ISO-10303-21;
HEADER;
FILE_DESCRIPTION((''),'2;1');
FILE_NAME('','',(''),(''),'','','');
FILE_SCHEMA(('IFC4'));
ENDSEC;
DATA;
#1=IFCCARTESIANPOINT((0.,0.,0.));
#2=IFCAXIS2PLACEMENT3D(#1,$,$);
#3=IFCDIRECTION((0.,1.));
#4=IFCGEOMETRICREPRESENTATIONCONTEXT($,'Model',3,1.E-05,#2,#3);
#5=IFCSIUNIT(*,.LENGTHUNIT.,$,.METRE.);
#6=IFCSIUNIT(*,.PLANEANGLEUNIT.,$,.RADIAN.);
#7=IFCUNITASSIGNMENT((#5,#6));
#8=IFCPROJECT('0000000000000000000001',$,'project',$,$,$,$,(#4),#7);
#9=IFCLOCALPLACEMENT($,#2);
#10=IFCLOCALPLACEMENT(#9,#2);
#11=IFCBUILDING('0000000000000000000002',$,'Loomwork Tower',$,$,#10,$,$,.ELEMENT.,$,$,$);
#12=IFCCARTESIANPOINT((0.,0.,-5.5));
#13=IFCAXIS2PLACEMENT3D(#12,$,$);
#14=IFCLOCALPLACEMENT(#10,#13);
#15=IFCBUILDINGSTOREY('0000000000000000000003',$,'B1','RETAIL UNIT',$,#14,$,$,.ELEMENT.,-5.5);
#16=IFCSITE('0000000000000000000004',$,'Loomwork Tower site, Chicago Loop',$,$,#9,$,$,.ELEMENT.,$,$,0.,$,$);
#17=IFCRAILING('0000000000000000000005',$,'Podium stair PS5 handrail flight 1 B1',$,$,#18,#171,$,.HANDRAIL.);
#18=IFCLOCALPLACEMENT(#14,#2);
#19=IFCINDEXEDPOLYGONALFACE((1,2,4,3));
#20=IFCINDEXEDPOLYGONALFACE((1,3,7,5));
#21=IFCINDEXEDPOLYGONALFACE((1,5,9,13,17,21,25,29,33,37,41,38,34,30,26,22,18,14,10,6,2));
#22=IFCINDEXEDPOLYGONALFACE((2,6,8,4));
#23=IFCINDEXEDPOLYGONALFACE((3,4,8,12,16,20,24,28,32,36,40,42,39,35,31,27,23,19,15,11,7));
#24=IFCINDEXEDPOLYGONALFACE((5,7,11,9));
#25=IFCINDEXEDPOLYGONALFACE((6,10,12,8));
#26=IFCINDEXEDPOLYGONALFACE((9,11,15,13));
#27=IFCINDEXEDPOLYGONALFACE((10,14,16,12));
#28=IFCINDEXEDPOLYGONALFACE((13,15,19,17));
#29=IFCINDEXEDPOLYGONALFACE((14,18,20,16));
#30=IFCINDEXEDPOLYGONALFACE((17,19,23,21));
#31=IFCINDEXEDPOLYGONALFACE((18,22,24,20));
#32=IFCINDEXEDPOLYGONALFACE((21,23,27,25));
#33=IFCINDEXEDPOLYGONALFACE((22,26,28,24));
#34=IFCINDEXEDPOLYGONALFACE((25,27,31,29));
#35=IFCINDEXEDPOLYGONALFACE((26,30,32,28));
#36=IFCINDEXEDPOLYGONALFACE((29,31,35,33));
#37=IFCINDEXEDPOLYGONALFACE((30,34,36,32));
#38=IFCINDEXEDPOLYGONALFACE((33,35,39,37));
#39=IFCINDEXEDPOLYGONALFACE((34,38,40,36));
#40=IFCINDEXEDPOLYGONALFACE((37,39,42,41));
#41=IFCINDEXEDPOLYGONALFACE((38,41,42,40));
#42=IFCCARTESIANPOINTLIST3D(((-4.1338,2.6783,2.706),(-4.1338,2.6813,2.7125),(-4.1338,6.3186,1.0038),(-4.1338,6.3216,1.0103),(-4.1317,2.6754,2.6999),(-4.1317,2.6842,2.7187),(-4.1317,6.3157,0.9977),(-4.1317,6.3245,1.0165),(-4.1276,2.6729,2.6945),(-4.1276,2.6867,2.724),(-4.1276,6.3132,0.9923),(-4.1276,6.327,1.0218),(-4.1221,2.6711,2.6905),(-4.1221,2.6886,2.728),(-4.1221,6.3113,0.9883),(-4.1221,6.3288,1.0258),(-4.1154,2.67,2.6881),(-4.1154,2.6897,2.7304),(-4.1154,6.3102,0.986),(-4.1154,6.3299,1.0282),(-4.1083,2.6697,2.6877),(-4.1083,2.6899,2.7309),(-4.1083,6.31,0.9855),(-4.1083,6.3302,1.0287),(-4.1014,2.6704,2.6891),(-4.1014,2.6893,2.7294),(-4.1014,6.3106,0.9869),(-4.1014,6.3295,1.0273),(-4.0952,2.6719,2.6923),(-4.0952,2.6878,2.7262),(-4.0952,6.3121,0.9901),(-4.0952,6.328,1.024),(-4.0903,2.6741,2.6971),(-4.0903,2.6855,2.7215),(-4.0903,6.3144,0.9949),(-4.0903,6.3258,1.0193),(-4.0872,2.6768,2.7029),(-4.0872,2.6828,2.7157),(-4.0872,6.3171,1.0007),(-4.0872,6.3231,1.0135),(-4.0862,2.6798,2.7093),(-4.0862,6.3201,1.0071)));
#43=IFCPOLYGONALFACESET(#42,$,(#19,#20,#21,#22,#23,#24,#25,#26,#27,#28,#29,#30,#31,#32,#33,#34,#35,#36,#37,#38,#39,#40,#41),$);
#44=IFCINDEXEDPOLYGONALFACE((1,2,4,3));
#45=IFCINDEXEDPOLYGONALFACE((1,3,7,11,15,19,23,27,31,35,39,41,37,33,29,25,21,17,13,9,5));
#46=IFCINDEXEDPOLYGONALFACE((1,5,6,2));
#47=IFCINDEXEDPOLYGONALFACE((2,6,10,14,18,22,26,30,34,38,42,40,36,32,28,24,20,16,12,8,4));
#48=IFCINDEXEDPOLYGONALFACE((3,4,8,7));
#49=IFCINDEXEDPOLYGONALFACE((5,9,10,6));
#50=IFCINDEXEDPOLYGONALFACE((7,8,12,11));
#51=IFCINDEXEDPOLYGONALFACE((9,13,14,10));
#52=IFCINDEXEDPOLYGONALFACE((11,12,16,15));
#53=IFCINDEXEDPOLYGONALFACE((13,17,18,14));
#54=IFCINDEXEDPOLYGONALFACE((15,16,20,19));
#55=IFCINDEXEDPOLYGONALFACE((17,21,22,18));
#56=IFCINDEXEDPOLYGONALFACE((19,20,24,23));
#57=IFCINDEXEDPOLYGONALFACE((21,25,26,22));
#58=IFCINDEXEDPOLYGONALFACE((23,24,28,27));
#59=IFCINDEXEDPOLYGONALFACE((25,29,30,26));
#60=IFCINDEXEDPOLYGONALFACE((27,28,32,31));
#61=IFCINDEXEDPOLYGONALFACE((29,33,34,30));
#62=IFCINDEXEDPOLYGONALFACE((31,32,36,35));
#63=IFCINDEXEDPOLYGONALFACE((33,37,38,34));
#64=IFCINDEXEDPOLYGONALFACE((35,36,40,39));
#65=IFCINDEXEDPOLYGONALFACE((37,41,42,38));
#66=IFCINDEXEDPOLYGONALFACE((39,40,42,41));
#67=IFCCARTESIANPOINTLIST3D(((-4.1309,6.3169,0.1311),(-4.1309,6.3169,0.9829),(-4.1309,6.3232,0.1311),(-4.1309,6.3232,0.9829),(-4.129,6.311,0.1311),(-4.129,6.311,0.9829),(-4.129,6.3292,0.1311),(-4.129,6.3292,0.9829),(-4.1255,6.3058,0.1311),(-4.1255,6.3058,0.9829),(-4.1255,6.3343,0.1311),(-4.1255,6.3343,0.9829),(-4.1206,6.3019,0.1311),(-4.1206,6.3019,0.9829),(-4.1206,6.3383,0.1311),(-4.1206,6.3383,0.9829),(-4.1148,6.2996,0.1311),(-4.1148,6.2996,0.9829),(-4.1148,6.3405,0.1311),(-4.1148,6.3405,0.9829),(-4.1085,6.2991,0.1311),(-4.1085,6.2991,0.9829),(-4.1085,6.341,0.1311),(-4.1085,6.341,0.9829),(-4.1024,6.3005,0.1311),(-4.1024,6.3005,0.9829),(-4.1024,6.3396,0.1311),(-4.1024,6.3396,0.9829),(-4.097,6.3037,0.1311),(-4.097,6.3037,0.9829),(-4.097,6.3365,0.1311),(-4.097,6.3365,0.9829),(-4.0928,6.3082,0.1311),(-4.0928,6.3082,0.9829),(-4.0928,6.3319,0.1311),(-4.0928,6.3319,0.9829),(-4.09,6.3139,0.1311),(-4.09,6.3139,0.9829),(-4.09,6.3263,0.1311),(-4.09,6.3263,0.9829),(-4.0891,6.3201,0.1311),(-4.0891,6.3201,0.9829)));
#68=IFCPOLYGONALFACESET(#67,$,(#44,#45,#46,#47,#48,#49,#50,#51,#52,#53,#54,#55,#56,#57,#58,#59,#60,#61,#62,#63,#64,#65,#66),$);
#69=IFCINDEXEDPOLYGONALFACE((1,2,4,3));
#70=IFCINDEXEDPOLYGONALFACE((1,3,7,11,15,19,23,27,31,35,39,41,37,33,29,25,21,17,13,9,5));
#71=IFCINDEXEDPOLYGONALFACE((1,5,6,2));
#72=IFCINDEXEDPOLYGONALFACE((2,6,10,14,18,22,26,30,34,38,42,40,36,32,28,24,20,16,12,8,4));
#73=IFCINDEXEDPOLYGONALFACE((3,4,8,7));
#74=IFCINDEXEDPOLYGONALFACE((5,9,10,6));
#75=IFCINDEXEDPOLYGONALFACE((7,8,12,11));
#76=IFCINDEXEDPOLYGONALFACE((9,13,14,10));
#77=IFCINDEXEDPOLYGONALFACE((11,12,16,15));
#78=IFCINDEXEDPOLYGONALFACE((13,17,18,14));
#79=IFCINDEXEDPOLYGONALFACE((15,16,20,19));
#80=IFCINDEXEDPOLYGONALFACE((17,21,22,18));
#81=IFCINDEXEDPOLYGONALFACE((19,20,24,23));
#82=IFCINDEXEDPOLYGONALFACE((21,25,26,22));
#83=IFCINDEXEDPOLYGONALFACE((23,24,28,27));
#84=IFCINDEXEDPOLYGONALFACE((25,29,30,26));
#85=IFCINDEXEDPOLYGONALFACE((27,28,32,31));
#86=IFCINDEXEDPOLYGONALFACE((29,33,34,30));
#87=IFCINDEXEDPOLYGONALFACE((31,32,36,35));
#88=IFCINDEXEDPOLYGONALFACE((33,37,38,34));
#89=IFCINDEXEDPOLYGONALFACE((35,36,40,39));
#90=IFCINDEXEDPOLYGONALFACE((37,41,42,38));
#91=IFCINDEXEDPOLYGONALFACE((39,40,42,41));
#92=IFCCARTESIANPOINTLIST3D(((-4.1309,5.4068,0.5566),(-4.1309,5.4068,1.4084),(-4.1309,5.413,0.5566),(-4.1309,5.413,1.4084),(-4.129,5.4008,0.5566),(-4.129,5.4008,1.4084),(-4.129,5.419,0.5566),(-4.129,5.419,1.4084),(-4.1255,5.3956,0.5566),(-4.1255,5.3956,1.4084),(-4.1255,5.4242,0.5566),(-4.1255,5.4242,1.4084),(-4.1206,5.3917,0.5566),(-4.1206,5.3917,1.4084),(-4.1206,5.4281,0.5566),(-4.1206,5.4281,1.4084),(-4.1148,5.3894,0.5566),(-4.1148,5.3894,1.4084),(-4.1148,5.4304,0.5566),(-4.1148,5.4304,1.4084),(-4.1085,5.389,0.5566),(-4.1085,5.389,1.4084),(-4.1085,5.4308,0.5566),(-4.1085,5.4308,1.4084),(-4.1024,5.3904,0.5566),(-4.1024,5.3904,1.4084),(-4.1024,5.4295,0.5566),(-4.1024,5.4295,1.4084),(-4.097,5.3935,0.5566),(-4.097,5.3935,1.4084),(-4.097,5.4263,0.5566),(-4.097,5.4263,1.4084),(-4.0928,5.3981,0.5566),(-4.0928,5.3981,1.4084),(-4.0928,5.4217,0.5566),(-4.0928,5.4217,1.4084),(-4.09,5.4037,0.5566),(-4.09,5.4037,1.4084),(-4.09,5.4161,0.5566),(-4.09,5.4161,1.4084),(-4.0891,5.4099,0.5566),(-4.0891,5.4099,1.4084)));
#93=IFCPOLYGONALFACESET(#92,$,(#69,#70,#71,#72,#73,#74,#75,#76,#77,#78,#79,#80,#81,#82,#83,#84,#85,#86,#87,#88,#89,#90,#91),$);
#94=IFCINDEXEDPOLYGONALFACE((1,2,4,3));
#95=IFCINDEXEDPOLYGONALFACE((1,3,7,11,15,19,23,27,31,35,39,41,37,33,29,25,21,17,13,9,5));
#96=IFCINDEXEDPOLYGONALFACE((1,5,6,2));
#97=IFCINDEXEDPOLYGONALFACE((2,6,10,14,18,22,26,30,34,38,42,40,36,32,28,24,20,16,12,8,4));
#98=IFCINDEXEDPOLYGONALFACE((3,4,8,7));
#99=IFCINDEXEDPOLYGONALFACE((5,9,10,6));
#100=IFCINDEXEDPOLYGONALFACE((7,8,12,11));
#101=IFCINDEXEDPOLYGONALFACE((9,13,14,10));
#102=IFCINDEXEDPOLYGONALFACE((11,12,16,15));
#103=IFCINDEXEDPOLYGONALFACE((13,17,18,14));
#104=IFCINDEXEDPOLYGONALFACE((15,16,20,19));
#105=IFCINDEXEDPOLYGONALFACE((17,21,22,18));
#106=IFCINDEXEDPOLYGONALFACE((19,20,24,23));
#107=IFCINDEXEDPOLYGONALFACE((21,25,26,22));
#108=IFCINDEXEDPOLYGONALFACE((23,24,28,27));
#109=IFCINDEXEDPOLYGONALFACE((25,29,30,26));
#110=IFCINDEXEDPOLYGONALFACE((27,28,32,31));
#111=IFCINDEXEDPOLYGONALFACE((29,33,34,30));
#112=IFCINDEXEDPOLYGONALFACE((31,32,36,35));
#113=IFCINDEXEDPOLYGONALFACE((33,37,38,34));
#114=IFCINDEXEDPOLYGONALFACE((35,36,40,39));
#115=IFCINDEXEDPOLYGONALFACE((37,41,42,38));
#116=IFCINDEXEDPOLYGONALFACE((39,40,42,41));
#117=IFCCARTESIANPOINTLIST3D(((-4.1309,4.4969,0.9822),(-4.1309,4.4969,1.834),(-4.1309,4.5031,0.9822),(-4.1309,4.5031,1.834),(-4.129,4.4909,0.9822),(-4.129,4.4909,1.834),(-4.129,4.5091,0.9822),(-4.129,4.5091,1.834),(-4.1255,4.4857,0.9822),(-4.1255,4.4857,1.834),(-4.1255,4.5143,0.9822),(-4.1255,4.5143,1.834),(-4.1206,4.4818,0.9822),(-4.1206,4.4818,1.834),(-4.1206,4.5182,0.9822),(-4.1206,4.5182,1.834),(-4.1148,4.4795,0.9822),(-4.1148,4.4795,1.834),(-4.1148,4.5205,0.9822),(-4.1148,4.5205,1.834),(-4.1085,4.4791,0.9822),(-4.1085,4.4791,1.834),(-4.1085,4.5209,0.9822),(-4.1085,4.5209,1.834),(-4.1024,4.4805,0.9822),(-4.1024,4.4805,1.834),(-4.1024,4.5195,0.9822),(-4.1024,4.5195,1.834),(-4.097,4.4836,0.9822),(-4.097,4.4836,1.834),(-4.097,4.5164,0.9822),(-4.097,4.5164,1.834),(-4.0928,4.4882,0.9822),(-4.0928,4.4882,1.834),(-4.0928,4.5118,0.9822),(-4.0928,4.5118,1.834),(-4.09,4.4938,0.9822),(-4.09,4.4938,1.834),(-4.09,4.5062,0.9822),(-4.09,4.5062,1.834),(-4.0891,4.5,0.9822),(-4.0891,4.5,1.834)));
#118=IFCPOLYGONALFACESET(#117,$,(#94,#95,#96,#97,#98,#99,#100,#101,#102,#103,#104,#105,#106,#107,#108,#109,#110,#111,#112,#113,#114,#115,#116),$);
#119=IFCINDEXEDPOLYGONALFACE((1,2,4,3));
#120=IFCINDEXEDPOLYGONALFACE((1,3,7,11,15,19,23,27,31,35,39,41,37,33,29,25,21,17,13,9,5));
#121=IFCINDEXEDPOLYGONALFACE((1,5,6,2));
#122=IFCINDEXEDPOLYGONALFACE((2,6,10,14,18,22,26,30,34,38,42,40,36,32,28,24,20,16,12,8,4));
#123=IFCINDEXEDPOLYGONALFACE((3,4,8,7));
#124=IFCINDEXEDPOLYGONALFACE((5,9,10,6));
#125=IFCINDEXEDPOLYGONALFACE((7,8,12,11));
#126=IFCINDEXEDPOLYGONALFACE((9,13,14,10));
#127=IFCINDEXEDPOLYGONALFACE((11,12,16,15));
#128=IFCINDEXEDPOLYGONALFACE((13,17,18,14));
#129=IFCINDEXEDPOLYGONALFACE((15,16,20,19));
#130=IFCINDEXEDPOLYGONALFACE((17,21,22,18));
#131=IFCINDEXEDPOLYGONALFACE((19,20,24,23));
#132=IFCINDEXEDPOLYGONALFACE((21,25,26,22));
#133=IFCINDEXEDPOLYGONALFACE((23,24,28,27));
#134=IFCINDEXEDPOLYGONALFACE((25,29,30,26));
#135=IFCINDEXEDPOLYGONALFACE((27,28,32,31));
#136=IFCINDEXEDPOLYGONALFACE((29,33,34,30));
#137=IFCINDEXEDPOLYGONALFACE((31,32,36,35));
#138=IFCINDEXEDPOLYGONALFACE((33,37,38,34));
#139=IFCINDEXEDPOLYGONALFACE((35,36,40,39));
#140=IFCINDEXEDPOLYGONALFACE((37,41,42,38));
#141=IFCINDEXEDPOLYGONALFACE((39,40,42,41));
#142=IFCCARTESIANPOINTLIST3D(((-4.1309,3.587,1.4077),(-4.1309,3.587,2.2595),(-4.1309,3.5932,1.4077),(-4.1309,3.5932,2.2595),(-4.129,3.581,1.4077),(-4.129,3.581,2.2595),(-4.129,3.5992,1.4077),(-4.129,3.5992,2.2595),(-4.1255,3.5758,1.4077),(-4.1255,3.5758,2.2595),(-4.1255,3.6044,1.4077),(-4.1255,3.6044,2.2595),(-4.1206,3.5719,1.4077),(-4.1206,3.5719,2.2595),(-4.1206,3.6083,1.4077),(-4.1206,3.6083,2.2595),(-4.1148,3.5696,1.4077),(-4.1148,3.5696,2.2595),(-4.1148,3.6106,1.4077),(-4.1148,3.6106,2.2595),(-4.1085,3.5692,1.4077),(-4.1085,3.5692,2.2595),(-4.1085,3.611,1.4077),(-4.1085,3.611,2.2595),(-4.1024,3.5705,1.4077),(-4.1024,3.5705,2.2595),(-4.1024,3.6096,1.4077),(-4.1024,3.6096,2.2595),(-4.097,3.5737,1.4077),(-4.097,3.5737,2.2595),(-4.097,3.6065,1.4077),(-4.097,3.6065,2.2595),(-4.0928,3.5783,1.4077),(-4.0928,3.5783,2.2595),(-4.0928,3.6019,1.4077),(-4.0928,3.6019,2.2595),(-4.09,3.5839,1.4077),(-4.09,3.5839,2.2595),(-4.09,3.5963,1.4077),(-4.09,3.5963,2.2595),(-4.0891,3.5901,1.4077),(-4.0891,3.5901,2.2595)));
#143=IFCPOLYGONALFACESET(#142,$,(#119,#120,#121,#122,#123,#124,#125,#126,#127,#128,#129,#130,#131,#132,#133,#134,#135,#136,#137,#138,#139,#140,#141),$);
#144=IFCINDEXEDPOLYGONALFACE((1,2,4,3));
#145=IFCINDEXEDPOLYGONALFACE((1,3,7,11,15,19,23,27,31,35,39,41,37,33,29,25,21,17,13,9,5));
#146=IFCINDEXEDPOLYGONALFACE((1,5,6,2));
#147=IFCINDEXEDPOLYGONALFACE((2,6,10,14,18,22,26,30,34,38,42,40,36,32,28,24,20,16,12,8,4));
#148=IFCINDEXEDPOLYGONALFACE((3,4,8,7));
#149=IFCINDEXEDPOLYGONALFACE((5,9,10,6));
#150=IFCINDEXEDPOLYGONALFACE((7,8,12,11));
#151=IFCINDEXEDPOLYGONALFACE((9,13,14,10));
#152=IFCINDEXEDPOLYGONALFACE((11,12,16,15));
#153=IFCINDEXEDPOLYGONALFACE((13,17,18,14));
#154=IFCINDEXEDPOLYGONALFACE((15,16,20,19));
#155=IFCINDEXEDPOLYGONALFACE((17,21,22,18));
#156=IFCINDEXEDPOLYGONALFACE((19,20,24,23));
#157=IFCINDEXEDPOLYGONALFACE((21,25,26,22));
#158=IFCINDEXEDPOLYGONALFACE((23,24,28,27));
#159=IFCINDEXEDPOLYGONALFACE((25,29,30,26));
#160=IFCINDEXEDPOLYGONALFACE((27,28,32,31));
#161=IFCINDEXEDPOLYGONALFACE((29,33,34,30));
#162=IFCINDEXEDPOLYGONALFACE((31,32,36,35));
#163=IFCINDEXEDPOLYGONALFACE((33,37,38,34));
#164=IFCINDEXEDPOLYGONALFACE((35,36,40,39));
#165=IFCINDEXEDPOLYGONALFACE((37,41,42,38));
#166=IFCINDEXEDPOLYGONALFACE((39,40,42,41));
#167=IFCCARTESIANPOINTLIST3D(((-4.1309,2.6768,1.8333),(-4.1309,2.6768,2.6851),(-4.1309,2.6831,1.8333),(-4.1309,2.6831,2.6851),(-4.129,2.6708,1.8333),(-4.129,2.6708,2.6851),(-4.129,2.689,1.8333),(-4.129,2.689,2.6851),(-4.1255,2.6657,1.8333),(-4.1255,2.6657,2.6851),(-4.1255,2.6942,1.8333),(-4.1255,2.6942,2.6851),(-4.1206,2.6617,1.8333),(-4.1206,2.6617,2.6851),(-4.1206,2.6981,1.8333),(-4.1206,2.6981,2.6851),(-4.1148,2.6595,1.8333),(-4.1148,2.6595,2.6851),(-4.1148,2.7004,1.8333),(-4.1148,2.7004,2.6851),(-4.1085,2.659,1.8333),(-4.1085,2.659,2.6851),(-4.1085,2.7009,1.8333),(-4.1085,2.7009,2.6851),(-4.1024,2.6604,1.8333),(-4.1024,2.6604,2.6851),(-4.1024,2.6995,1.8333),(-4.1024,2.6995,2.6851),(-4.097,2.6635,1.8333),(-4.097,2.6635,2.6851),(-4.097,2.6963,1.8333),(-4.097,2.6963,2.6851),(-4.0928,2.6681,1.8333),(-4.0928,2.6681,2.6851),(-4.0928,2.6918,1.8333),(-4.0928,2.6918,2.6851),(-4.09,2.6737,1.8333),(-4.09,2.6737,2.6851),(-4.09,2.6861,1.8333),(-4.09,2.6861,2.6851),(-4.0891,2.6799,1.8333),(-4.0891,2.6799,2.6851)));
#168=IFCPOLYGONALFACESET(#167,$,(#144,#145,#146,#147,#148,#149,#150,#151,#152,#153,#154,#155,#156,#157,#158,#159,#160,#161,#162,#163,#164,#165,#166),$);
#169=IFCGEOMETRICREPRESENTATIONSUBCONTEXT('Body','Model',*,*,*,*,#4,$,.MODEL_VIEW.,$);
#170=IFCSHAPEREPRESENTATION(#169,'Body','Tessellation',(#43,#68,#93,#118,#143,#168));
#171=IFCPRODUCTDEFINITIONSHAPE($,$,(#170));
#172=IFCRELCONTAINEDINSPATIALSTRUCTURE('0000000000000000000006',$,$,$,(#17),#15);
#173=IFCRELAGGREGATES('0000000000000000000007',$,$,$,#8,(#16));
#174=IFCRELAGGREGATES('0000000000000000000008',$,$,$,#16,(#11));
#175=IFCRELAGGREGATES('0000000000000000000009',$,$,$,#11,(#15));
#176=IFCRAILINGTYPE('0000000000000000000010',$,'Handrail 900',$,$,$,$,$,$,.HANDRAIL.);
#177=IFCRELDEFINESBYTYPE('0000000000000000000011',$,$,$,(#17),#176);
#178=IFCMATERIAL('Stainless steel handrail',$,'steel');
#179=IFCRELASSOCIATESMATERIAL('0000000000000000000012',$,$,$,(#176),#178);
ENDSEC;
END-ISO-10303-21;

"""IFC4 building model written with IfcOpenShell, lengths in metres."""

from ifc_helpers import new_model, si_unit, direction, frame, origin, origin_2d, place, context, subcontext, project, spatial, circle, extrude, material, type_object, element, save


model = new_model("IFC4")

# Units and contexts
model_context = context("Model", 3, precision=1e-05, world=origin(), true_north=direction((0.0, 1.0)))
body_context = subcontext(model_context, "Body", "Model", "MODEL_VIEW")
ifc_project = project(units=[si_unit("LENGTHUNIT", "METRE"), si_unit("PLANEANGLEUNIT", "RADIAN")], contexts=[model_context])

# Site, building, storey
site_placement = place(None, origin())
site = spatial("IfcSite", under=ifc_project, at=site_placement, Name="Loomwork Tower site, Chicago Loop", CompositionType="ELEMENT", RefElevation=0.0)
building_placement = place(site_placement, origin())
building = spatial("IfcBuilding", under=site, at=building_placement, Name="Loomwork Tower", CompositionType="ELEMENT")
storey_placement = place(building_placement, frame((0.0, 0.0, -5.5)))
storey = spatial("IfcBuildingStorey", under=building, at=storey_placement, Name="B1", Description="RETAIL UNIT", CompositionType="ELEMENT", Elevation=-5.5)

# Railing
ifc_material_1 = material(Name="Stainless steel handrail", Category="steel")
railing_type = type_object("IfcRailingType", Name="Handrail 900", PredefinedType="HANDRAIL", material=ifc_material_1)
railing_1_placement = place(storey_placement, frame((-4.1101, 6.3201, 0.1311)))
element("IfcRailing", 1, at=railing_1_placement, inside=storey, type_object=railing_type, Name="Podium stair PS5 handrail flight 1 B1", PredefinedType="HANDRAIL", context=body_context, shape_type="SweptSolid", body=[
    extrude(circle(Radius=0.0239, at=origin_2d()), frame((0.0, 0.0, 0.876), z_axis=(0.0, -0.905857, 0.423584), x_axis=(1.0, 0.0, 0.0)), (0.0, 0.0, 1.0), 4.0186),
    extrude(circle(Radius=0.021, at=origin_2d()), origin(), (0.0, 0.0, 1.0), 0.8518),
    extrude(circle(Radius=0.021, at=origin_2d()), frame((0.0, -0.9102, 0.4255)), (0.0, 0.0, 1.0), 0.8518),
    extrude(circle(Radius=0.021, at=origin_2d()), frame((0.0, -1.8201, 0.8511)), (0.0, 0.0, 1.0), 0.8518),
    extrude(circle(Radius=0.021, at=origin_2d()), frame((0.0, -2.73, 1.2766)), (0.0, 0.0, 1.0), 0.8518),
    extrude(circle(Radius=0.021, at=origin_2d()), frame((0.0, -3.6401, 1.7021)), (0.0, 0.0, 1.0), 0.8518),
])

save(model, "model.ifc")
